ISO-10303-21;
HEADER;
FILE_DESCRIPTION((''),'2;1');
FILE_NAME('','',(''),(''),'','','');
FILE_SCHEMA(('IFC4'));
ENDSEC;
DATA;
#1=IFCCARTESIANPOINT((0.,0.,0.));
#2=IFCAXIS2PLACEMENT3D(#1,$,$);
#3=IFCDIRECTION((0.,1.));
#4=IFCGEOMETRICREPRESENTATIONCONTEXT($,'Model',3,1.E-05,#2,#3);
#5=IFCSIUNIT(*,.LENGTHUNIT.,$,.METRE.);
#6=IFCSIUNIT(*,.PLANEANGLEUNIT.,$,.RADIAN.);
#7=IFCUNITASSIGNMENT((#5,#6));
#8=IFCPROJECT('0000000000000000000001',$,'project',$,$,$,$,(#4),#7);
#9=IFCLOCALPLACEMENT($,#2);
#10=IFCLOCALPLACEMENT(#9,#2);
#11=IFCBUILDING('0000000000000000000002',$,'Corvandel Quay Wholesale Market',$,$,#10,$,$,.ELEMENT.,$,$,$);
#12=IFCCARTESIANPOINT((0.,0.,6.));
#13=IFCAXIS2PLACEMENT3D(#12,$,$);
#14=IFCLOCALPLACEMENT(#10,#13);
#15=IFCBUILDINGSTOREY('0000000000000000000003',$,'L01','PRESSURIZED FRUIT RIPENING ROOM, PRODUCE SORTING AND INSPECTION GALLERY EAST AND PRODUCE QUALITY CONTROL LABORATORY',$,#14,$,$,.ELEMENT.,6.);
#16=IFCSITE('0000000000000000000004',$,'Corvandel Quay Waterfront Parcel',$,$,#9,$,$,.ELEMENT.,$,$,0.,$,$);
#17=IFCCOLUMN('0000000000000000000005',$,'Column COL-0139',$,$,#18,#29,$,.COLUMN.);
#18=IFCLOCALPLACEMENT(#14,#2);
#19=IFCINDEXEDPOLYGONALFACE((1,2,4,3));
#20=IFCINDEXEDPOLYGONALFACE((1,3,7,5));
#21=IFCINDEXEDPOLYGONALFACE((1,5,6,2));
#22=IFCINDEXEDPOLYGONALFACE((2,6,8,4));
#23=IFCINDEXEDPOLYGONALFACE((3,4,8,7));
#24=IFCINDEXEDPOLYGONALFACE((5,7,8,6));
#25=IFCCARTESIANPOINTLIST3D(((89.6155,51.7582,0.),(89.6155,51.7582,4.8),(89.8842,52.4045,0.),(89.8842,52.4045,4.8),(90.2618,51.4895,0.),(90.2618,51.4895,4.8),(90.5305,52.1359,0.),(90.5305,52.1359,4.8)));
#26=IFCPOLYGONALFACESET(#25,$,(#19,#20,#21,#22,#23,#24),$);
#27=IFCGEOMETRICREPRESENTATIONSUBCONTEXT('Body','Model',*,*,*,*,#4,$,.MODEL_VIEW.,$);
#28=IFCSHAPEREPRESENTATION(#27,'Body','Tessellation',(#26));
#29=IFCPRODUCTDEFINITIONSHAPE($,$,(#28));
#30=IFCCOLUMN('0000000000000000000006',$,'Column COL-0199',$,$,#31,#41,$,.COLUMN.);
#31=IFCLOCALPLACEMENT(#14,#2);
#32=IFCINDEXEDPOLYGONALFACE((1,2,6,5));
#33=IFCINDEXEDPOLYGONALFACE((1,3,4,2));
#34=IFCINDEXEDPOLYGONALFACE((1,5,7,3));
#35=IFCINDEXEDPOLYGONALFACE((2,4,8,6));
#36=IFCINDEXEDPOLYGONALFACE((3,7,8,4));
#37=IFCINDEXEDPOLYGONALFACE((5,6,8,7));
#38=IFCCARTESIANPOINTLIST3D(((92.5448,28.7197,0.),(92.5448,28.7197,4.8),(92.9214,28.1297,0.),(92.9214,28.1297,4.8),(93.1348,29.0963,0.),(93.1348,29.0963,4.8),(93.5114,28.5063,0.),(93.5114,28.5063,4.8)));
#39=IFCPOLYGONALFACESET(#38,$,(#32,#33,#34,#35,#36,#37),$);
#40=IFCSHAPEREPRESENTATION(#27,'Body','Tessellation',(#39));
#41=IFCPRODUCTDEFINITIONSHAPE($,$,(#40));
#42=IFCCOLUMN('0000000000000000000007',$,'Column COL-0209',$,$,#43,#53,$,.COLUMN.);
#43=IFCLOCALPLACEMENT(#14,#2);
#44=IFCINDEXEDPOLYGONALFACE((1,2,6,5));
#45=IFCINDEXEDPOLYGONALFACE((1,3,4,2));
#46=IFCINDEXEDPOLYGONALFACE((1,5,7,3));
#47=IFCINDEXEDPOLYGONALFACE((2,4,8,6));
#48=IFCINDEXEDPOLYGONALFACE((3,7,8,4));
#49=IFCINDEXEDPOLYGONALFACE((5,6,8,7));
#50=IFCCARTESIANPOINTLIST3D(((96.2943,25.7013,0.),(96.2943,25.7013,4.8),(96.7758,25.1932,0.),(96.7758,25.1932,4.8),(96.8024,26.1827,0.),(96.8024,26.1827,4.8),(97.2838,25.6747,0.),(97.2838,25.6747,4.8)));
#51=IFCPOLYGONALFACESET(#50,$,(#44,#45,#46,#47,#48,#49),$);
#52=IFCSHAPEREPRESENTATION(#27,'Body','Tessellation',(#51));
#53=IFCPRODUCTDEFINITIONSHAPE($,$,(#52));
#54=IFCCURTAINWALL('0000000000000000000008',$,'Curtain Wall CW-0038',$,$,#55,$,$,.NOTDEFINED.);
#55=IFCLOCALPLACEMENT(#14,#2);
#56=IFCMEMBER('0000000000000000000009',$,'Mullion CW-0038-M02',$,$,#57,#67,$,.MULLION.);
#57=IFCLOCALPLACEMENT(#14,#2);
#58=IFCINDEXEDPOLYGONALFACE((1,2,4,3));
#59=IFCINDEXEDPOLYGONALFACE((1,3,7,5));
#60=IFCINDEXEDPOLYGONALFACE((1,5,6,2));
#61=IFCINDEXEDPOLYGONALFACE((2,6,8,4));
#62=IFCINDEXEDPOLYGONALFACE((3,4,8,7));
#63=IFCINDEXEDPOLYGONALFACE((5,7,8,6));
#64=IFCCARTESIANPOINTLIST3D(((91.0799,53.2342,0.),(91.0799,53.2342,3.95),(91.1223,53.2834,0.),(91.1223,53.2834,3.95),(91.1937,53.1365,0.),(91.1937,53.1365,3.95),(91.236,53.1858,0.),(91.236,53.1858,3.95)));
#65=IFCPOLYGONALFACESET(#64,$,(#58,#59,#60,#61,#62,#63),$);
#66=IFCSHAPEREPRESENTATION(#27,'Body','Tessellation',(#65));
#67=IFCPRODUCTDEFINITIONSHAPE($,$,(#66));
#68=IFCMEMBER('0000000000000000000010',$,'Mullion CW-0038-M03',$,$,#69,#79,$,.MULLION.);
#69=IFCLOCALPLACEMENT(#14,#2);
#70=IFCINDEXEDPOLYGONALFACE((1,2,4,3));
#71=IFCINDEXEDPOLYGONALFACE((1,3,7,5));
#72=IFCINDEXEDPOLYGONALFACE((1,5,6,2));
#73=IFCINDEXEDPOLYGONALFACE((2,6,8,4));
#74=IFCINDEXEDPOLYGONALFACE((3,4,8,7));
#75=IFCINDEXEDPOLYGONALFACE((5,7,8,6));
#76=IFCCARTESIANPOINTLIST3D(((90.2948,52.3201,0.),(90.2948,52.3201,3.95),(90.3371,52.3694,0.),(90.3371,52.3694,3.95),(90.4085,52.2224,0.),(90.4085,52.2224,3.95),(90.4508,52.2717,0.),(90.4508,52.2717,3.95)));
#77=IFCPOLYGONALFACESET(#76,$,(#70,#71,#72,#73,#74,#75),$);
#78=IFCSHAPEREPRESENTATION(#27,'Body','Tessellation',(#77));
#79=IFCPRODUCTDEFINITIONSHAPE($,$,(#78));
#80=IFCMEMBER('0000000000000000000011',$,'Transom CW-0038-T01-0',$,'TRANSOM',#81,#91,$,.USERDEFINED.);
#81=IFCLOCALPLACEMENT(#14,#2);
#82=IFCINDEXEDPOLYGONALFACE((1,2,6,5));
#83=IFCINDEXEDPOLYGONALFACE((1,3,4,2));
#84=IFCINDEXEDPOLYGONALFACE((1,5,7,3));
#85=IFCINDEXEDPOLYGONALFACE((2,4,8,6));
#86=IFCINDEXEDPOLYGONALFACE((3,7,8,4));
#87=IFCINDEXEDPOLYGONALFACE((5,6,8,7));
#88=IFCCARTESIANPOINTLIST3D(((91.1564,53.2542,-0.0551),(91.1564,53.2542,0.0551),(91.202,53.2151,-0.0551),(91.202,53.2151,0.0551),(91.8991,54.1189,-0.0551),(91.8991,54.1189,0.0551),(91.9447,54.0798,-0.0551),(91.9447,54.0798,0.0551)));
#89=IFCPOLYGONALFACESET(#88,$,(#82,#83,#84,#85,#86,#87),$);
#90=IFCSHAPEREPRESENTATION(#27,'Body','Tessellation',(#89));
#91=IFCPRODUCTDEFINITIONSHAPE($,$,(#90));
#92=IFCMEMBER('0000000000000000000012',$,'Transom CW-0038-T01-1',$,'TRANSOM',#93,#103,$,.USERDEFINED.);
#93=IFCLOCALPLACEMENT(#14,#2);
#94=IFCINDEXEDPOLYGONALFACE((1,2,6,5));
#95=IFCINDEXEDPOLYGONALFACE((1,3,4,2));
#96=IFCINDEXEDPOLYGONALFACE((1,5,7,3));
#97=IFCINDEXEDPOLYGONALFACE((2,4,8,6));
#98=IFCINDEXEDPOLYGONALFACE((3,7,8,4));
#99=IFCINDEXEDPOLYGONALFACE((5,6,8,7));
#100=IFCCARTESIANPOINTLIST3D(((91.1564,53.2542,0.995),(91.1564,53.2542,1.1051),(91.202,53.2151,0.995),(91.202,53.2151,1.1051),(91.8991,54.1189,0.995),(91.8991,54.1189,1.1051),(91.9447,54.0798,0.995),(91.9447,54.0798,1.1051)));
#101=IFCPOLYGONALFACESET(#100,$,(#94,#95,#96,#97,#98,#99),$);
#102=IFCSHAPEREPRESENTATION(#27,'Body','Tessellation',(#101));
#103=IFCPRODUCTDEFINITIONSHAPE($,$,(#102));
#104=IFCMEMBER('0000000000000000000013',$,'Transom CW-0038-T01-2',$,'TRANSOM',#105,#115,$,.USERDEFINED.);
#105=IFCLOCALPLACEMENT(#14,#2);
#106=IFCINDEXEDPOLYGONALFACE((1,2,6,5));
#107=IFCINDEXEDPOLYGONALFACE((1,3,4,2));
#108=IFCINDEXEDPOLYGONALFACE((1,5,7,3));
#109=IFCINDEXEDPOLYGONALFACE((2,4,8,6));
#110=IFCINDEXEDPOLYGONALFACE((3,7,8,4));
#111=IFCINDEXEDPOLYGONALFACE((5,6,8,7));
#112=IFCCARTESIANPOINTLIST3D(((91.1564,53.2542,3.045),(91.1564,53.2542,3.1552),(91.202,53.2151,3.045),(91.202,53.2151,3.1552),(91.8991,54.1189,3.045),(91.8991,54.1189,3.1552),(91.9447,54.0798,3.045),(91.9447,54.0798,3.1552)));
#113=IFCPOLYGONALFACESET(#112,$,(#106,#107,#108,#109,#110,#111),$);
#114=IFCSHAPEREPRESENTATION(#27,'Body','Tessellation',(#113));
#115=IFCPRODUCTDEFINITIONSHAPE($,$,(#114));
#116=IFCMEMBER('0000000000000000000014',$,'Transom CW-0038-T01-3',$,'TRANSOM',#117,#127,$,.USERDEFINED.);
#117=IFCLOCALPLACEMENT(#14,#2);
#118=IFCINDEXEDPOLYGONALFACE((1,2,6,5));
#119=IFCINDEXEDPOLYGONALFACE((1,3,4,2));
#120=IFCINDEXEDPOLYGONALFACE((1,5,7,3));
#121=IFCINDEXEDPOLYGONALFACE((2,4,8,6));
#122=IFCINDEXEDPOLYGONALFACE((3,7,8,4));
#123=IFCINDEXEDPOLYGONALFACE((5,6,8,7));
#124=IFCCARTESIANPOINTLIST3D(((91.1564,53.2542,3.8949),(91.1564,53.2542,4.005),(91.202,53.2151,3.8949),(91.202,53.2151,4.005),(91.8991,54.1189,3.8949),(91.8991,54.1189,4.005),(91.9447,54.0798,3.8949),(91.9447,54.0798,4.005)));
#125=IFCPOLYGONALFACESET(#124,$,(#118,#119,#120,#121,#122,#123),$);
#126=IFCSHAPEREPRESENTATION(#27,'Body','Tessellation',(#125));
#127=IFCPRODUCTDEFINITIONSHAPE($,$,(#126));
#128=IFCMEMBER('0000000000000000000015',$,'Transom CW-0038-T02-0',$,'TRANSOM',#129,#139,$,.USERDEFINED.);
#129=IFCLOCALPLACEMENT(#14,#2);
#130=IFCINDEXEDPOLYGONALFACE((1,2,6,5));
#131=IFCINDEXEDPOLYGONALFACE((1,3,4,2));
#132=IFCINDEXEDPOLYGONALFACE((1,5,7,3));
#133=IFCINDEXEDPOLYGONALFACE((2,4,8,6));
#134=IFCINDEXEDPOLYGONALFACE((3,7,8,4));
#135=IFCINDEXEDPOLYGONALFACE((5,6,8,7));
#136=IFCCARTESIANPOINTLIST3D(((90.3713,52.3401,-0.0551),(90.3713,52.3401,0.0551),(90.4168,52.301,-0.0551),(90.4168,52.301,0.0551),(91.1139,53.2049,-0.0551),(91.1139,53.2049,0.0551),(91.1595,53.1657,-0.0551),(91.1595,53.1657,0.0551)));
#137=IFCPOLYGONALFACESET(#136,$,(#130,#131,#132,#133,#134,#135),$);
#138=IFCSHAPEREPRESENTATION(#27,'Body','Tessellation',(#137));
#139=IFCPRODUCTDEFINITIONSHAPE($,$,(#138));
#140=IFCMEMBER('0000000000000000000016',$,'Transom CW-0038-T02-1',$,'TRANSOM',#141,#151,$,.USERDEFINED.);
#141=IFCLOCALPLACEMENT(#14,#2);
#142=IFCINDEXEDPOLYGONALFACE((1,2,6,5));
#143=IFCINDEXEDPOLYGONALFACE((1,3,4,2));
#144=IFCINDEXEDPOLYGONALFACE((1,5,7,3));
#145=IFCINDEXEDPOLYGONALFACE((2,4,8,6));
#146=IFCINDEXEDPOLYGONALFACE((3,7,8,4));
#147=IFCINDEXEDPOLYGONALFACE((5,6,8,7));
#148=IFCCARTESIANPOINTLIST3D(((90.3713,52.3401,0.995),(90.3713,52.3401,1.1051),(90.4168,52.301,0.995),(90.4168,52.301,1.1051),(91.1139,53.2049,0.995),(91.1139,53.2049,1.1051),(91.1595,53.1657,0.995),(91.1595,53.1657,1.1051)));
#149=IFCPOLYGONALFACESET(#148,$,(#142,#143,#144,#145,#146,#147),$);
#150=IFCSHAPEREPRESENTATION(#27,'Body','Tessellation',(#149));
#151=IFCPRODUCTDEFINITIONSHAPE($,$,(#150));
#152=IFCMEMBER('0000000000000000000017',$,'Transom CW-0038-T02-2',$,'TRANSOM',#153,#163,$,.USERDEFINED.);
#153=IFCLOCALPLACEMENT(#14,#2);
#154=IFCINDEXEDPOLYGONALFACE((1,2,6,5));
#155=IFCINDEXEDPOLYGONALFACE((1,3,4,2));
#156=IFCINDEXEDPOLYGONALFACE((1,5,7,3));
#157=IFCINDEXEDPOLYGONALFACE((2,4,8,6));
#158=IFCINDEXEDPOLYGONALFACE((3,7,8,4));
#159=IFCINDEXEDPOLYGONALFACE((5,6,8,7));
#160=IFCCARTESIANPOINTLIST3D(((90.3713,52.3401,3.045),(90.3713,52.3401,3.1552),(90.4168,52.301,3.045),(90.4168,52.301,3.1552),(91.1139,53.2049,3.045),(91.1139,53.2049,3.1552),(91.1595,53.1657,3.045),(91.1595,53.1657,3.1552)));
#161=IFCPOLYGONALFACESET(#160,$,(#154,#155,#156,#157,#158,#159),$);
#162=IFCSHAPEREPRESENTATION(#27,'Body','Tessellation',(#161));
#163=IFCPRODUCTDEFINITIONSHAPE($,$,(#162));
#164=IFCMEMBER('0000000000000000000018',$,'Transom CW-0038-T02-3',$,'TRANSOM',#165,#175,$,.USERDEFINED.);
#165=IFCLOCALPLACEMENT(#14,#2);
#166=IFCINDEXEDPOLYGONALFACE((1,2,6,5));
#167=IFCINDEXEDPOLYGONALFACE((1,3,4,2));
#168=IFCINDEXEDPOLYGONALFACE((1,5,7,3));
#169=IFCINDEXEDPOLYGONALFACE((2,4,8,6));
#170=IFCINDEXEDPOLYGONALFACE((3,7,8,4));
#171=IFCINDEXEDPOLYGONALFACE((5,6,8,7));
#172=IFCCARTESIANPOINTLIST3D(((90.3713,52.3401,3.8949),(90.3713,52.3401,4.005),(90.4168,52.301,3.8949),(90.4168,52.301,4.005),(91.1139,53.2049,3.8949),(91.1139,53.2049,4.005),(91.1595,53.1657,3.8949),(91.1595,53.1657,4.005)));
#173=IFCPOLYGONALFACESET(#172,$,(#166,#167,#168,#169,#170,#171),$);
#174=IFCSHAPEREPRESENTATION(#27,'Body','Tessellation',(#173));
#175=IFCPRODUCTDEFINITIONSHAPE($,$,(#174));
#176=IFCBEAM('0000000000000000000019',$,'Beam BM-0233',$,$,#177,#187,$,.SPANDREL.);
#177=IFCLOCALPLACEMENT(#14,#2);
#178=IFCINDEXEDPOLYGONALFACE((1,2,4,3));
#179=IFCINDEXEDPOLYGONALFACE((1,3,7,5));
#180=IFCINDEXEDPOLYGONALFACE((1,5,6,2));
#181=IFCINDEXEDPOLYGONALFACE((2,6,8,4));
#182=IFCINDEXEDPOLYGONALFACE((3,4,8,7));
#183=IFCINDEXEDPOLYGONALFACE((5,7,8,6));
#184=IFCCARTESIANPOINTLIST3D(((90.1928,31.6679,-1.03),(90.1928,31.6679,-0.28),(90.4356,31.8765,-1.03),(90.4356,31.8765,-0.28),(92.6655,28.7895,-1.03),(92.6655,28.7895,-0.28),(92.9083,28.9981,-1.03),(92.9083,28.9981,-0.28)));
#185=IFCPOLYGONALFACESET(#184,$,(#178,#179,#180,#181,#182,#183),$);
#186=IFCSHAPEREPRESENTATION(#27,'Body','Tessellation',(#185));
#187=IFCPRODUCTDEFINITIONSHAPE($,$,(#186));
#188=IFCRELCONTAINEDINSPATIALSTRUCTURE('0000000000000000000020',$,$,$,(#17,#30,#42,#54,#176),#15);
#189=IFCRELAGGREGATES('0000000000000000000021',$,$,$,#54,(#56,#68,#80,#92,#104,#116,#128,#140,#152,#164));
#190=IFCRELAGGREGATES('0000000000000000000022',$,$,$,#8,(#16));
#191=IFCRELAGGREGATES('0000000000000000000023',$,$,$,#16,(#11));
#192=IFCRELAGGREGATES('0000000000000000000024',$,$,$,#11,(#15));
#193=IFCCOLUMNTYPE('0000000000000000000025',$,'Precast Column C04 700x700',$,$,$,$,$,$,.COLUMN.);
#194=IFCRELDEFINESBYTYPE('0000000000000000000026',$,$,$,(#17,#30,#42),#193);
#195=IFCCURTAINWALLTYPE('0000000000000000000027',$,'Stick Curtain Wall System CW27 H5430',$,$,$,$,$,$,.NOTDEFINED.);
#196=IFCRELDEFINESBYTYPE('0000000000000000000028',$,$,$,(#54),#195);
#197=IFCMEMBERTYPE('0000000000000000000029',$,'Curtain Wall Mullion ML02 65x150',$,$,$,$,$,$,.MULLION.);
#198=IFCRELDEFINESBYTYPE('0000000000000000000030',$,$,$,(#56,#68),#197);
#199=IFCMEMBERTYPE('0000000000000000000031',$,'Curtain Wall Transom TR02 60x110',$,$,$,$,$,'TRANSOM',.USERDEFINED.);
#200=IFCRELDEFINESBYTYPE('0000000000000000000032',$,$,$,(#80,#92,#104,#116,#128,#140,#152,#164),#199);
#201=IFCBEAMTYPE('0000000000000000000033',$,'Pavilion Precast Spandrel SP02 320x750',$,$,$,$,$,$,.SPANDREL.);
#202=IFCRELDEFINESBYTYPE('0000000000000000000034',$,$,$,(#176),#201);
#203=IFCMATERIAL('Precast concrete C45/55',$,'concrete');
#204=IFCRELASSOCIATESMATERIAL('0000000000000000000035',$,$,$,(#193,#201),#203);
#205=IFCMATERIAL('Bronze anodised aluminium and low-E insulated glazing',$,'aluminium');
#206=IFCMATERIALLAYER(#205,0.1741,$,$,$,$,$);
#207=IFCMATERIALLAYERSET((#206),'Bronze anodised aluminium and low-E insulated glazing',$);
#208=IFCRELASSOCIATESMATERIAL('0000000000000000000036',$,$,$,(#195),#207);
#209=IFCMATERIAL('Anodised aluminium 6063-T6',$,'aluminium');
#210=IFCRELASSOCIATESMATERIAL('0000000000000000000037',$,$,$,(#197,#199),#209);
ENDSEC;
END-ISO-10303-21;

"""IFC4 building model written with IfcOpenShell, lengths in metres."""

from ifc_helpers import new_model, si_unit, direction, frame, origin, origin_2d, place, context, subcontext, project, spatial, rectangle, extrude, material, layer, layer_set, material_profile, profile_set, type_object, element, aggregate, save


model = new_model("IFC4")

# Units and contexts
model_context = context("Model", 3, precision=1e-05, world=origin(), true_north=direction((0.0, 1.0)))
body_context = subcontext(model_context, "Body", "Model", "MODEL_VIEW")
ifc_project = project(units=[si_unit("LENGTHUNIT", "METRE"), si_unit("PLANEANGLEUNIT", "RADIAN")], contexts=[model_context])

# Site, building, storey
site_placement = place(None, origin())
site = spatial("IfcSite", under=ifc_project, at=site_placement, Name="Corvandel Quay Waterfront Parcel", CompositionType="ELEMENT", RefElevation=0.0)
building_placement = place(site_placement, origin())
building = spatial("IfcBuilding", under=site, at=building_placement, Name="Corvandel Quay Wholesale Market", CompositionType="ELEMENT")
storey_placement = place(building_placement, frame((0.0, 0.0, 6.0)))
storey = spatial("IfcBuildingStorey", under=building, at=storey_placement, Name="L01", Description="PRESSURIZED FRUIT RIPENING ROOM, PRODUCE SORTING AND INSPECTION GALLERY EAST AND PRODUCE QUALITY CONTROL LABORATORY", CompositionType="ELEMENT", Elevation=6.0)

# Columns
ifc_material_1 = material(Name="Precast concrete C45/55", Category="concrete")
ifc_material_profile_1 = material_profile(ifc_material_1, rectangle(XDim=0.7, YDim=0.7, at=origin_2d()), Name="PC-COL-700x700")
ifc_profile_set_1 = profile_set([ifc_material_profile_1], Name="Precast concrete C45/55")
column_type = type_object("IfcColumnType", Name="Precast Column C04 700x700", PredefinedType="COLUMN", material=ifc_profile_set_1)
for number, where, z_axis, x_axis, name in (
    (1, (90.073, 51.947, 0.0), (0.0, 0.0, 1.0), (0.383812, 0.923411, 0.0), "Column COL-0139"),
    (2, (93.0281, 28.613, 0.0), (0.0, 0.0, 1.0), (-0.538035, 0.842922, 0.0), "Column COL-0199"),
    (3, (96.7891, 25.688, 0.0), (0.0, 0.0, 1.0), (-0.687848, 0.725855, 0.0), "Column COL-0209"),
):
    element("IfcColumn", number, at=place(storey_placement, frame(where, z_axis=z_axis, x_axis=x_axis)), inside=storey, type_object=column_type, Name=name, PredefinedType="COLUMN", context=body_context, shape_type="SweptSolid", body=[
        extrude(rectangle(XDim=0.7, YDim=0.7, at=origin_2d()), origin(), (0.0, 0.0, 1.0), 4.8),
    ])

# Curtain wall, members
ifc_material_2 = material(Name="Bronze anodised aluminium and low-E insulated glazing", Category="aluminium")
ifc_layer_1 = layer(ifc_material_2, 0.1741)
ifc_layer_set_1 = layer_set([ifc_layer_1], Name="Bronze anodised aluminium and low-E insulated glazing")
curtain_wall_type = type_object("IfcCurtainWallType", Name="Stick Curtain Wall System CW27 H5430", PredefinedType="NOTDEFINED", material=ifc_layer_set_1)
curtain_wall_placement = place(storey_placement, origin())
curtain_wall = element("IfcCurtainWall", 4, at=curtain_wall_placement, inside=storey, type_object=curtain_wall_type, Name="Curtain Wall CW-0038", PredefinedType="NOTDEFINED")
ifc_material_3 = material(Name="Anodised aluminium 6063-T6", Category="aluminium")
ifc_material_profile_2 = material_profile(ifc_material_3, rectangle(XDim=0.0649, YDim=0.1499, at=origin_2d()), Name="ALU-MUL-65x150")
ifc_profile_set_2 = profile_set([ifc_material_profile_2], Name="Anodised aluminium 6063-T6")
member_type_1 = type_object("IfcMemberType", Name="Curtain Wall Mullion ML02 65x150", PredefinedType="MULLION", material=ifc_profile_set_2)
member_1_placement = place(storey_placement, frame((91.158, 53.21, 0.0), z_axis=(0.0, 0.0, 1.0), x_axis=(0.651569, 0.758589, 0.0)))
member_1 = element("IfcMember", 5, at=member_1_placement, type_object=member_type_1, Name="Mullion CW-0038-M02", PredefinedType="MULLION", context=body_context, shape_type="SweptSolid", body=[
    extrude(rectangle(XDim=0.0649, YDim=0.1499, at=origin_2d()), origin(), (0.0, 0.0, 1.0), 3.95),
])
member_2_placement = place(storey_placement, frame((90.3728, 52.2959, 0.0), z_axis=(0.0, 0.0, 1.0), x_axis=(0.651569, 0.758589, 0.0)))
member_2 = element("IfcMember", 6, at=member_2_placement, type_object=member_type_1, Name="Mullion CW-0038-M03", PredefinedType="MULLION", context=body_context, shape_type="SweptSolid", body=[
    extrude(rectangle(XDim=0.0649, YDim=0.1499, at=origin_2d()), origin(), (0.0, 0.0, 1.0), 3.95),
])
ifc_material_profile_3 = material_profile(ifc_material_3, rectangle(XDim=0.0601, YDim=0.1101, at=origin_2d()), Name="ALU-TRN-60x110")
ifc_profile_set_3 = profile_set([ifc_material_profile_3], Name="Anodised aluminium 6063-T6")
member_type_2 = type_object("IfcMemberType", Name="Curtain Wall Transom TR02 60x110", ElementType="TRANSOM", PredefinedType="USERDEFINED", material=ifc_profile_set_3)
member_3_placement = place(storey_placement, frame((91.9219, 54.0994, 0.0), z_axis=(-0.651532, -0.758621, 0.0), x_axis=(0.758621, -0.651532, 0.0)))
member_3 = element("IfcMember", 7, at=member_3_placement, type_object=member_type_2, Name="Transom CW-0038-T01-0", ObjectType="TRANSOM", PredefinedType="USERDEFINED", context=body_context, shape_type="SweptSolid", body=[
    extrude(rectangle(XDim=0.0601, YDim=0.1101, at=origin_2d()), origin(), (0.0, 0.0, 1.0), 1.1399),
])
member_4_placement = place(storey_placement, frame((91.9219, 54.0994, 1.05), z_axis=(-0.651532, -0.758621, 0.0), x_axis=(0.758621, -0.651532, 0.0)))
member_4 = element("IfcMember", 8, at=member_4_placement, type_object=member_type_2, Name="Transom CW-0038-T01-1", ObjectType="TRANSOM", PredefinedType="USERDEFINED", context=body_context, shape_type="SweptSolid", body=[
    extrude(rectangle(XDim=0.0601, YDim=0.1101, at=origin_2d()), origin(), (0.0, 0.0, 1.0), 1.1399),
])
member_5_placement = place(storey_placement, frame((91.9219, 54.0994, 3.1001), z_axis=(-0.651532, -0.758621, 0.0), x_axis=(0.758621, -0.651532, 0.0)))
member_5 = element("IfcMember", 9, at=member_5_placement, type_object=member_type_2, Name="Transom CW-0038-T01-2", ObjectType="TRANSOM", PredefinedType="USERDEFINED", context=body_context, shape_type="SweptSolid", body=[
    extrude(rectangle(XDim=0.0601, YDim=0.1101, at=origin_2d()), origin(), (0.0, 0.0, 1.0), 1.1399),
])
member_6_placement = place(storey_placement, frame((91.9219, 54.0994, 3.95), z_axis=(-0.651532, -0.758621, 0.0), x_axis=(0.758621, -0.651532, 0.0)))
member_6 = element("IfcMember", 10, at=member_6_placement, type_object=member_type_2, Name="Transom CW-0038-T01-3", ObjectType="TRANSOM", PredefinedType="USERDEFINED", context=body_context, shape_type="SweptSolid", body=[
    extrude(rectangle(XDim=0.0601, YDim=0.1101, at=origin_2d()), origin(), (0.0, 0.0, 1.0), 1.1399),
])
member_7_placement = place(storey_placement, frame((91.1367, 53.1853, 0.0), z_axis=(-0.651532, -0.758621, 0.0), x_axis=(0.758621, -0.651532, 0.0)))
member_7 = element("IfcMember", 11, at=member_7_placement, type_object=member_type_2, Name="Transom CW-0038-T02-0", ObjectType="TRANSOM", PredefinedType="USERDEFINED", context=body_context, shape_type="SweptSolid", body=[
    extrude(rectangle(XDim=0.0601, YDim=0.1101, at=origin_2d()), origin(), (0.0, 0.0, 1.0), 1.1399),
])
member_8_placement = place(storey_placement, frame((91.1367, 53.1853, 1.05), z_axis=(-0.651532, -0.758621, 0.0), x_axis=(0.758621, -0.651532, 0.0)))
member_8 = element("IfcMember", 12, at=member_8_placement, type_object=member_type_2, Name="Transom CW-0038-T02-1", ObjectType="TRANSOM", PredefinedType="USERDEFINED", context=body_context, shape_type="SweptSolid", body=[
    extrude(rectangle(XDim=0.0601, YDim=0.1101, at=origin_2d()), origin(), (0.0, 0.0, 1.0), 1.1399),
])
member_9_placement = place(storey_placement, frame((91.1367, 53.1853, 3.1001), z_axis=(-0.651532, -0.758621, 0.0), x_axis=(0.758621, -0.651532, 0.0)))
member_9 = element("IfcMember", 13, at=member_9_placement, type_object=member_type_2, Name="Transom CW-0038-T02-2", ObjectType="TRANSOM", PredefinedType="USERDEFINED", context=body_context, shape_type="SweptSolid", body=[
    extrude(rectangle(XDim=0.0601, YDim=0.1101, at=origin_2d()), origin(), (0.0, 0.0, 1.0), 1.1399),
])
member_10_placement = place(storey_placement, frame((91.1367, 53.1853, 3.95), z_axis=(-0.651532, -0.758621, 0.0), x_axis=(0.758621, -0.651532, 0.0)))
member_10 = element("IfcMember", 14, at=member_10_placement, type_object=member_type_2, Name="Transom CW-0038-T02-3", ObjectType="TRANSOM", PredefinedType="USERDEFINED", context=body_context, shape_type="SweptSolid", body=[
    extrude(rectangle(XDim=0.0601, YDim=0.1101, at=origin_2d()), origin(), (0.0, 0.0, 1.0), 1.1399),
])

# Beam
ifc_material_profile_4 = material_profile(ifc_material_1, rectangle(XDim=0.3201, YDim=0.75, at=origin_2d()), Name="PC-SPN-320x750")
ifc_profile_set_4 = profile_set([ifc_material_profile_4], Name="Precast concrete C45/55")
beam_type = type_object("IfcBeamType", Name="Pavilion Precast Spandrel SP02 320x750", PredefinedType="SPANDREL", material=ifc_profile_set_4)
beam_1_placement = place(storey_placement, frame((90.3142, 31.7722, -0.655), z_axis=(0.651618, -0.758548, 0.0), x_axis=(0.758548, 0.651618, 0.0)))
element("IfcBeam", 15, at=beam_1_placement, inside=storey, type_object=beam_type, Name="Beam BM-0233", PredefinedType="SPANDREL", context=body_context, shape_type="SweptSolid", body=[
    extrude(rectangle(XDim=0.3201, YDim=0.75, at=origin_2d()), origin(), (0.0, 0.0, 1.0), 3.7947),
])

aggregate(curtain_wall, [member_1, member_2, member_3, member_4, member_5, member_6, member_7, member_8, member_9, member_10])

save(model, "model.ifc")
